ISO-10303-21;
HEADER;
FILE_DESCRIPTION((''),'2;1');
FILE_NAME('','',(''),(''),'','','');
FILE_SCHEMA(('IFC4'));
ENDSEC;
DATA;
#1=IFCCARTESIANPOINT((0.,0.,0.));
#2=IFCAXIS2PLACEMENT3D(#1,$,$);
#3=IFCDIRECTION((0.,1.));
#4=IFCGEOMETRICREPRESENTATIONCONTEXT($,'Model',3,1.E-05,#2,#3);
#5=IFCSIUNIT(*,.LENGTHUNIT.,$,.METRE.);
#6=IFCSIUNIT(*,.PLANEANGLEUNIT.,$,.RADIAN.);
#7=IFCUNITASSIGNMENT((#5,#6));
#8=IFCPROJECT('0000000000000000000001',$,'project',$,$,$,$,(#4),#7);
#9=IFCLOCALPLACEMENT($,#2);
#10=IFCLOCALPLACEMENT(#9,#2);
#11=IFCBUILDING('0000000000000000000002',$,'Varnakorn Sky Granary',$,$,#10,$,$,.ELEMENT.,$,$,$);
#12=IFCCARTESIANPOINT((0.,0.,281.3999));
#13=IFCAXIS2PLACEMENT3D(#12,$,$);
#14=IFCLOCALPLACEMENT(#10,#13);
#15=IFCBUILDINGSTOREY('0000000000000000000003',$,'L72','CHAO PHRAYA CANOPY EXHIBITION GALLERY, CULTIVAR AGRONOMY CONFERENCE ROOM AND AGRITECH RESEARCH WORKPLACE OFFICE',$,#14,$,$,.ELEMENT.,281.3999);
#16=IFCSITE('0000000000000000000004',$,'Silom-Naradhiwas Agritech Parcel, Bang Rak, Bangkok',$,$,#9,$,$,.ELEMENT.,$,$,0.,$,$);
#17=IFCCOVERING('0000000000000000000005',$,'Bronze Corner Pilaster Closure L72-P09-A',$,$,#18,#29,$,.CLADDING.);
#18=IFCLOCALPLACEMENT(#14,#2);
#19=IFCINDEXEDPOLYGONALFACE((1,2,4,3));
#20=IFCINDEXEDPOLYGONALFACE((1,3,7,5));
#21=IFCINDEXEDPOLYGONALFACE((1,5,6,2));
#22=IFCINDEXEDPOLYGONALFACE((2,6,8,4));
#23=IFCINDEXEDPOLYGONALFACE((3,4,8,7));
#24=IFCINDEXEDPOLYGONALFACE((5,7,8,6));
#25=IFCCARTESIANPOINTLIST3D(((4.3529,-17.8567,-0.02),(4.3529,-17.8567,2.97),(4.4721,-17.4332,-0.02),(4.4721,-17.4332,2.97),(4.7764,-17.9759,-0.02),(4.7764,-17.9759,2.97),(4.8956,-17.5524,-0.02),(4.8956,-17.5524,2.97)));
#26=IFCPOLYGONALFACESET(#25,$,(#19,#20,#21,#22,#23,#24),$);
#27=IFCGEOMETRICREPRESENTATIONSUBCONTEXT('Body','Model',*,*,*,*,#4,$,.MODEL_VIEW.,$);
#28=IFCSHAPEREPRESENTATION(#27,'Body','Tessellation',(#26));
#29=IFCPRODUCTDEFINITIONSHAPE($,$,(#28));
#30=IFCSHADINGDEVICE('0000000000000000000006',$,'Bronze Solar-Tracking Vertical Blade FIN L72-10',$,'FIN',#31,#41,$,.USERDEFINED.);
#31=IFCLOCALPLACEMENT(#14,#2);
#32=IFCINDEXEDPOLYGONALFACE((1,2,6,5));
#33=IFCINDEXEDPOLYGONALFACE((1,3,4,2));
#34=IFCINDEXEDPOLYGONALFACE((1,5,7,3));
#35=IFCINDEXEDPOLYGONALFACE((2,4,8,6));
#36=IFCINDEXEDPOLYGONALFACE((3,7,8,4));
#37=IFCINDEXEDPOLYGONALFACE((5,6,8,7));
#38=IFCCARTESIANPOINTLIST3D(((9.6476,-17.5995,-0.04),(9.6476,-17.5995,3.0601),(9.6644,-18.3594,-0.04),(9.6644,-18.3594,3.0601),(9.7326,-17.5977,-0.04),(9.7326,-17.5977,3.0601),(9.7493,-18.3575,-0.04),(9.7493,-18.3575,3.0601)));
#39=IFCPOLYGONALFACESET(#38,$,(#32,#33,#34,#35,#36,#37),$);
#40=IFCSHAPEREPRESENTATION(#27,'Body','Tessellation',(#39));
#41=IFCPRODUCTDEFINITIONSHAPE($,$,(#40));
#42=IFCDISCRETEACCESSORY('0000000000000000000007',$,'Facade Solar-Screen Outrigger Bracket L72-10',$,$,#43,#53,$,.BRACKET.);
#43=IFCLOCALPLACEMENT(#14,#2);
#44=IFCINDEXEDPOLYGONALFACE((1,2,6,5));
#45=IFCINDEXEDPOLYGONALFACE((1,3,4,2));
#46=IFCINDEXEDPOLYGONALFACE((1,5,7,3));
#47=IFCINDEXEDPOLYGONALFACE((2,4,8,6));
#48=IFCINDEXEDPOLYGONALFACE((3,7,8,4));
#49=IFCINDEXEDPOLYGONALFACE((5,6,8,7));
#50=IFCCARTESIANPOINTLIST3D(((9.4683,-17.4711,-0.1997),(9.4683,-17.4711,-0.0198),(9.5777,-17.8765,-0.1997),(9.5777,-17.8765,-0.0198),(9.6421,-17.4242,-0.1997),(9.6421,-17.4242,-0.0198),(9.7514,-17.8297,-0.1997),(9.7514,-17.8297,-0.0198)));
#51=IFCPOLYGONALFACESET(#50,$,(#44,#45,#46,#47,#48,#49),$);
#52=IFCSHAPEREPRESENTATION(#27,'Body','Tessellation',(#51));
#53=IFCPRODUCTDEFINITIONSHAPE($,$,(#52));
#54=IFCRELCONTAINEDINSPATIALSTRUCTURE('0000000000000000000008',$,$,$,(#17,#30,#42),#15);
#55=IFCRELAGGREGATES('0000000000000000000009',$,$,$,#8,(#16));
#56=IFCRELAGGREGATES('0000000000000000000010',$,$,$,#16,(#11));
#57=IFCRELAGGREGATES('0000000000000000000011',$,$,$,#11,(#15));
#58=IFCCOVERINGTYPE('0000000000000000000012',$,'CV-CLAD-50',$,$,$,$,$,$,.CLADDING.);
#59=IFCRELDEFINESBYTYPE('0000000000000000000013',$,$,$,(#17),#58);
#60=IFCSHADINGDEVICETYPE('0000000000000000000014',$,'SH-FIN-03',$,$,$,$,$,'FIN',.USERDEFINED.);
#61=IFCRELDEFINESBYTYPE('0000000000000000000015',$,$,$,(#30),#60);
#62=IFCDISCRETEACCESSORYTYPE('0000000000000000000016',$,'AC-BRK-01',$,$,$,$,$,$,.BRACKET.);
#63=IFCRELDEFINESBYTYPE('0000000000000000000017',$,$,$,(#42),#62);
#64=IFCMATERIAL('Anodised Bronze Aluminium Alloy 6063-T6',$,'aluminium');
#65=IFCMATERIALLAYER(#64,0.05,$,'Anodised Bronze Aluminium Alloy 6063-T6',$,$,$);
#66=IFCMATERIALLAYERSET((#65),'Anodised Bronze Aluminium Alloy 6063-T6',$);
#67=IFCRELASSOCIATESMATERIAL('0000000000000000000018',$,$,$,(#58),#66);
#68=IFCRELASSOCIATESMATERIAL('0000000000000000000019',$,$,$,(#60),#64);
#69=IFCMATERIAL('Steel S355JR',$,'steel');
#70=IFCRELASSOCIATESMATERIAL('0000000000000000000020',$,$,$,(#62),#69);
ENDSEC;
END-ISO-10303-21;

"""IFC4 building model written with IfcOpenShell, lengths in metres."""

from ifc_helpers import new_model, si_unit, direction, frame, origin, origin_2d, place, context, subcontext, project, spatial, rectangle, extrude, source, transform, mapped, material, layer, layer_set, type_object, type_shapes, element, save


model = new_model("IFC4")

# Units and contexts
model_context = context("Model", 3, precision=1e-05, world=origin(), true_north=direction((0.0, 1.0)))
body_context = subcontext(model_context, "Body", "Model", "MODEL_VIEW")
ifc_project = project(units=[si_unit("LENGTHUNIT", "METRE"), si_unit("PLANEANGLEUNIT", "RADIAN")], contexts=[model_context])

# Site, building, storey
site_placement = place(None, origin())
site = spatial("IfcSite", under=ifc_project, at=site_placement, Name="Silom-Naradhiwas Agritech Parcel, Bang Rak, Bangkok", CompositionType="ELEMENT", RefElevation=0.0)
building_placement = place(site_placement, origin())
building = spatial("IfcBuilding", under=site, at=building_placement, Name="Varnakorn Sky Granary", CompositionType="ELEMENT")
storey_placement = place(building_placement, frame((0.0, 0.0, 281.3999)))
storey = spatial("IfcBuildingStorey", under=building, at=storey_placement, Name="L72", Description="CHAO PHRAYA CANOPY EXHIBITION GALLERY, CULTIVAR AGRONOMY CONFERENCE ROOM AND AGRITECH RESEARCH WORKPLACE OFFICE", CompositionType="ELEMENT", Elevation=281.3999)

# Shared definitions
ifc_material_1 = material(Name="Steel S355JR", Category="steel")

# Shared definitions
ifc_material_2 = material(Name="Anodised Bronze Aluminium Alloy 6063-T6", Category="aluminium")

# Covering
ifc_layer_1 = layer(ifc_material_2, 0.05, Name="Anodised Bronze Aluminium Alloy 6063-T6")
ifc_layer_set_1 = layer_set([ifc_layer_1], Name="Anodised Bronze Aluminium Alloy 6063-T6")
covering_type = type_object("IfcCoveringType", Name="CV-CLAD-50", PredefinedType="CLADDING", material=ifc_layer_set_1)
shared_shape_1 = source(origin(), body_context, "Body", "SweptSolid", [
    extrude(rectangle(XDim=0.4399, YDim=0.4399, at=origin_2d()), origin(), (0.0, 0.0, 1.0), 2.99),
])
type_shapes(covering_type, [shared_shape_1])
covering_placement = place(storey_placement, frame((4.6243, -17.7046, -0.02), z_axis=(0.0, 0.0, 1.0), x_axis=(-0.962597, 0.270936, 0.0)))
element("IfcCovering", 1, at=covering_placement, inside=storey, type_object=covering_type, Name="Bronze Corner Pilaster Closure L72-P09-A", PredefinedType="CLADDING", context=body_context, shape_type="MappedRepresentation", body=[
    mapped(shared_shape_1, transform((0.0, 0.0, 0.0), x_axis=(1.0, 0.0, 0.0), y_axis=(0.0, 1.0, 0.0), z_axis=(0.0, 0.0, 1.0), scale=1.0)),
])

# Shading device
shading_device_type = type_object("IfcShadingDeviceType", Name="SH-FIN-03", ElementType="FIN", PredefinedType="USERDEFINED", material=ifc_material_2)
shared_shape_2 = source(origin(), body_context, "Body", "SweptSolid", [
    extrude(rectangle(XDim=0.085, YDim=0.76, at=origin_2d()), origin(), (0.0, 0.0, 1.0), 3.1001),
])
type_shapes(shading_device_type, [shared_shape_2])
shading_device_placement = place(storey_placement, frame((9.6985, -17.9785, -0.04), z_axis=(0.0, 0.0, 1.0), x_axis=(0.999758, 0.022017, 0.0)))
element("IfcShadingDevice", 2, at=shading_device_placement, inside=storey, type_object=shading_device_type, Name="Bronze Solar-Tracking Vertical Blade FIN L72-10", ObjectType="FIN", PredefinedType="USERDEFINED", context=body_context, shape_type="MappedRepresentation", body=[
    mapped(shared_shape_2, transform((0.0, 0.0, 0.0), x_axis=(1.0, 0.0, 0.0), y_axis=(0.0, 1.0, 0.0), z_axis=(0.0, 0.0, 1.0), scale=1.0)),
])

# Discrete accessory
discrete_accessory_type = type_object("IfcDiscreteAccessoryType", Name="AC-BRK-01", PredefinedType="BRACKET", material=ifc_material_1)
shared_shape_3 = source(origin(), body_context, "Body", "SweptSolid", [
    extrude(rectangle(XDim=0.1799, YDim=0.4199, at=origin_2d()), origin(), (0.0, 0.0, 1.0), 0.1799),
])
type_shapes(discrete_accessory_type, [shared_shape_3])
discrete_accessory_placement = place(storey_placement, frame((9.6099, -17.6504, -0.1997), z_axis=(0.0, 0.0, 1.0), x_axis=(0.965508, 0.260373, 0.0)))
element("IfcDiscreteAccessory", 3, at=discrete_accessory_placement, inside=storey, type_object=discrete_accessory_type, Name="Facade Solar-Screen Outrigger Bracket L72-10", PredefinedType="BRACKET", context=body_context, shape_type="MappedRepresentation", body=[
    mapped(shared_shape_3, transform((0.0, 0.0, 0.0), x_axis=(1.0, 0.0, 0.0), y_axis=(0.0, 1.0, 0.0), z_axis=(0.0, 0.0, 1.0), scale=1.0)),
])

save(model, "model.ifc")
